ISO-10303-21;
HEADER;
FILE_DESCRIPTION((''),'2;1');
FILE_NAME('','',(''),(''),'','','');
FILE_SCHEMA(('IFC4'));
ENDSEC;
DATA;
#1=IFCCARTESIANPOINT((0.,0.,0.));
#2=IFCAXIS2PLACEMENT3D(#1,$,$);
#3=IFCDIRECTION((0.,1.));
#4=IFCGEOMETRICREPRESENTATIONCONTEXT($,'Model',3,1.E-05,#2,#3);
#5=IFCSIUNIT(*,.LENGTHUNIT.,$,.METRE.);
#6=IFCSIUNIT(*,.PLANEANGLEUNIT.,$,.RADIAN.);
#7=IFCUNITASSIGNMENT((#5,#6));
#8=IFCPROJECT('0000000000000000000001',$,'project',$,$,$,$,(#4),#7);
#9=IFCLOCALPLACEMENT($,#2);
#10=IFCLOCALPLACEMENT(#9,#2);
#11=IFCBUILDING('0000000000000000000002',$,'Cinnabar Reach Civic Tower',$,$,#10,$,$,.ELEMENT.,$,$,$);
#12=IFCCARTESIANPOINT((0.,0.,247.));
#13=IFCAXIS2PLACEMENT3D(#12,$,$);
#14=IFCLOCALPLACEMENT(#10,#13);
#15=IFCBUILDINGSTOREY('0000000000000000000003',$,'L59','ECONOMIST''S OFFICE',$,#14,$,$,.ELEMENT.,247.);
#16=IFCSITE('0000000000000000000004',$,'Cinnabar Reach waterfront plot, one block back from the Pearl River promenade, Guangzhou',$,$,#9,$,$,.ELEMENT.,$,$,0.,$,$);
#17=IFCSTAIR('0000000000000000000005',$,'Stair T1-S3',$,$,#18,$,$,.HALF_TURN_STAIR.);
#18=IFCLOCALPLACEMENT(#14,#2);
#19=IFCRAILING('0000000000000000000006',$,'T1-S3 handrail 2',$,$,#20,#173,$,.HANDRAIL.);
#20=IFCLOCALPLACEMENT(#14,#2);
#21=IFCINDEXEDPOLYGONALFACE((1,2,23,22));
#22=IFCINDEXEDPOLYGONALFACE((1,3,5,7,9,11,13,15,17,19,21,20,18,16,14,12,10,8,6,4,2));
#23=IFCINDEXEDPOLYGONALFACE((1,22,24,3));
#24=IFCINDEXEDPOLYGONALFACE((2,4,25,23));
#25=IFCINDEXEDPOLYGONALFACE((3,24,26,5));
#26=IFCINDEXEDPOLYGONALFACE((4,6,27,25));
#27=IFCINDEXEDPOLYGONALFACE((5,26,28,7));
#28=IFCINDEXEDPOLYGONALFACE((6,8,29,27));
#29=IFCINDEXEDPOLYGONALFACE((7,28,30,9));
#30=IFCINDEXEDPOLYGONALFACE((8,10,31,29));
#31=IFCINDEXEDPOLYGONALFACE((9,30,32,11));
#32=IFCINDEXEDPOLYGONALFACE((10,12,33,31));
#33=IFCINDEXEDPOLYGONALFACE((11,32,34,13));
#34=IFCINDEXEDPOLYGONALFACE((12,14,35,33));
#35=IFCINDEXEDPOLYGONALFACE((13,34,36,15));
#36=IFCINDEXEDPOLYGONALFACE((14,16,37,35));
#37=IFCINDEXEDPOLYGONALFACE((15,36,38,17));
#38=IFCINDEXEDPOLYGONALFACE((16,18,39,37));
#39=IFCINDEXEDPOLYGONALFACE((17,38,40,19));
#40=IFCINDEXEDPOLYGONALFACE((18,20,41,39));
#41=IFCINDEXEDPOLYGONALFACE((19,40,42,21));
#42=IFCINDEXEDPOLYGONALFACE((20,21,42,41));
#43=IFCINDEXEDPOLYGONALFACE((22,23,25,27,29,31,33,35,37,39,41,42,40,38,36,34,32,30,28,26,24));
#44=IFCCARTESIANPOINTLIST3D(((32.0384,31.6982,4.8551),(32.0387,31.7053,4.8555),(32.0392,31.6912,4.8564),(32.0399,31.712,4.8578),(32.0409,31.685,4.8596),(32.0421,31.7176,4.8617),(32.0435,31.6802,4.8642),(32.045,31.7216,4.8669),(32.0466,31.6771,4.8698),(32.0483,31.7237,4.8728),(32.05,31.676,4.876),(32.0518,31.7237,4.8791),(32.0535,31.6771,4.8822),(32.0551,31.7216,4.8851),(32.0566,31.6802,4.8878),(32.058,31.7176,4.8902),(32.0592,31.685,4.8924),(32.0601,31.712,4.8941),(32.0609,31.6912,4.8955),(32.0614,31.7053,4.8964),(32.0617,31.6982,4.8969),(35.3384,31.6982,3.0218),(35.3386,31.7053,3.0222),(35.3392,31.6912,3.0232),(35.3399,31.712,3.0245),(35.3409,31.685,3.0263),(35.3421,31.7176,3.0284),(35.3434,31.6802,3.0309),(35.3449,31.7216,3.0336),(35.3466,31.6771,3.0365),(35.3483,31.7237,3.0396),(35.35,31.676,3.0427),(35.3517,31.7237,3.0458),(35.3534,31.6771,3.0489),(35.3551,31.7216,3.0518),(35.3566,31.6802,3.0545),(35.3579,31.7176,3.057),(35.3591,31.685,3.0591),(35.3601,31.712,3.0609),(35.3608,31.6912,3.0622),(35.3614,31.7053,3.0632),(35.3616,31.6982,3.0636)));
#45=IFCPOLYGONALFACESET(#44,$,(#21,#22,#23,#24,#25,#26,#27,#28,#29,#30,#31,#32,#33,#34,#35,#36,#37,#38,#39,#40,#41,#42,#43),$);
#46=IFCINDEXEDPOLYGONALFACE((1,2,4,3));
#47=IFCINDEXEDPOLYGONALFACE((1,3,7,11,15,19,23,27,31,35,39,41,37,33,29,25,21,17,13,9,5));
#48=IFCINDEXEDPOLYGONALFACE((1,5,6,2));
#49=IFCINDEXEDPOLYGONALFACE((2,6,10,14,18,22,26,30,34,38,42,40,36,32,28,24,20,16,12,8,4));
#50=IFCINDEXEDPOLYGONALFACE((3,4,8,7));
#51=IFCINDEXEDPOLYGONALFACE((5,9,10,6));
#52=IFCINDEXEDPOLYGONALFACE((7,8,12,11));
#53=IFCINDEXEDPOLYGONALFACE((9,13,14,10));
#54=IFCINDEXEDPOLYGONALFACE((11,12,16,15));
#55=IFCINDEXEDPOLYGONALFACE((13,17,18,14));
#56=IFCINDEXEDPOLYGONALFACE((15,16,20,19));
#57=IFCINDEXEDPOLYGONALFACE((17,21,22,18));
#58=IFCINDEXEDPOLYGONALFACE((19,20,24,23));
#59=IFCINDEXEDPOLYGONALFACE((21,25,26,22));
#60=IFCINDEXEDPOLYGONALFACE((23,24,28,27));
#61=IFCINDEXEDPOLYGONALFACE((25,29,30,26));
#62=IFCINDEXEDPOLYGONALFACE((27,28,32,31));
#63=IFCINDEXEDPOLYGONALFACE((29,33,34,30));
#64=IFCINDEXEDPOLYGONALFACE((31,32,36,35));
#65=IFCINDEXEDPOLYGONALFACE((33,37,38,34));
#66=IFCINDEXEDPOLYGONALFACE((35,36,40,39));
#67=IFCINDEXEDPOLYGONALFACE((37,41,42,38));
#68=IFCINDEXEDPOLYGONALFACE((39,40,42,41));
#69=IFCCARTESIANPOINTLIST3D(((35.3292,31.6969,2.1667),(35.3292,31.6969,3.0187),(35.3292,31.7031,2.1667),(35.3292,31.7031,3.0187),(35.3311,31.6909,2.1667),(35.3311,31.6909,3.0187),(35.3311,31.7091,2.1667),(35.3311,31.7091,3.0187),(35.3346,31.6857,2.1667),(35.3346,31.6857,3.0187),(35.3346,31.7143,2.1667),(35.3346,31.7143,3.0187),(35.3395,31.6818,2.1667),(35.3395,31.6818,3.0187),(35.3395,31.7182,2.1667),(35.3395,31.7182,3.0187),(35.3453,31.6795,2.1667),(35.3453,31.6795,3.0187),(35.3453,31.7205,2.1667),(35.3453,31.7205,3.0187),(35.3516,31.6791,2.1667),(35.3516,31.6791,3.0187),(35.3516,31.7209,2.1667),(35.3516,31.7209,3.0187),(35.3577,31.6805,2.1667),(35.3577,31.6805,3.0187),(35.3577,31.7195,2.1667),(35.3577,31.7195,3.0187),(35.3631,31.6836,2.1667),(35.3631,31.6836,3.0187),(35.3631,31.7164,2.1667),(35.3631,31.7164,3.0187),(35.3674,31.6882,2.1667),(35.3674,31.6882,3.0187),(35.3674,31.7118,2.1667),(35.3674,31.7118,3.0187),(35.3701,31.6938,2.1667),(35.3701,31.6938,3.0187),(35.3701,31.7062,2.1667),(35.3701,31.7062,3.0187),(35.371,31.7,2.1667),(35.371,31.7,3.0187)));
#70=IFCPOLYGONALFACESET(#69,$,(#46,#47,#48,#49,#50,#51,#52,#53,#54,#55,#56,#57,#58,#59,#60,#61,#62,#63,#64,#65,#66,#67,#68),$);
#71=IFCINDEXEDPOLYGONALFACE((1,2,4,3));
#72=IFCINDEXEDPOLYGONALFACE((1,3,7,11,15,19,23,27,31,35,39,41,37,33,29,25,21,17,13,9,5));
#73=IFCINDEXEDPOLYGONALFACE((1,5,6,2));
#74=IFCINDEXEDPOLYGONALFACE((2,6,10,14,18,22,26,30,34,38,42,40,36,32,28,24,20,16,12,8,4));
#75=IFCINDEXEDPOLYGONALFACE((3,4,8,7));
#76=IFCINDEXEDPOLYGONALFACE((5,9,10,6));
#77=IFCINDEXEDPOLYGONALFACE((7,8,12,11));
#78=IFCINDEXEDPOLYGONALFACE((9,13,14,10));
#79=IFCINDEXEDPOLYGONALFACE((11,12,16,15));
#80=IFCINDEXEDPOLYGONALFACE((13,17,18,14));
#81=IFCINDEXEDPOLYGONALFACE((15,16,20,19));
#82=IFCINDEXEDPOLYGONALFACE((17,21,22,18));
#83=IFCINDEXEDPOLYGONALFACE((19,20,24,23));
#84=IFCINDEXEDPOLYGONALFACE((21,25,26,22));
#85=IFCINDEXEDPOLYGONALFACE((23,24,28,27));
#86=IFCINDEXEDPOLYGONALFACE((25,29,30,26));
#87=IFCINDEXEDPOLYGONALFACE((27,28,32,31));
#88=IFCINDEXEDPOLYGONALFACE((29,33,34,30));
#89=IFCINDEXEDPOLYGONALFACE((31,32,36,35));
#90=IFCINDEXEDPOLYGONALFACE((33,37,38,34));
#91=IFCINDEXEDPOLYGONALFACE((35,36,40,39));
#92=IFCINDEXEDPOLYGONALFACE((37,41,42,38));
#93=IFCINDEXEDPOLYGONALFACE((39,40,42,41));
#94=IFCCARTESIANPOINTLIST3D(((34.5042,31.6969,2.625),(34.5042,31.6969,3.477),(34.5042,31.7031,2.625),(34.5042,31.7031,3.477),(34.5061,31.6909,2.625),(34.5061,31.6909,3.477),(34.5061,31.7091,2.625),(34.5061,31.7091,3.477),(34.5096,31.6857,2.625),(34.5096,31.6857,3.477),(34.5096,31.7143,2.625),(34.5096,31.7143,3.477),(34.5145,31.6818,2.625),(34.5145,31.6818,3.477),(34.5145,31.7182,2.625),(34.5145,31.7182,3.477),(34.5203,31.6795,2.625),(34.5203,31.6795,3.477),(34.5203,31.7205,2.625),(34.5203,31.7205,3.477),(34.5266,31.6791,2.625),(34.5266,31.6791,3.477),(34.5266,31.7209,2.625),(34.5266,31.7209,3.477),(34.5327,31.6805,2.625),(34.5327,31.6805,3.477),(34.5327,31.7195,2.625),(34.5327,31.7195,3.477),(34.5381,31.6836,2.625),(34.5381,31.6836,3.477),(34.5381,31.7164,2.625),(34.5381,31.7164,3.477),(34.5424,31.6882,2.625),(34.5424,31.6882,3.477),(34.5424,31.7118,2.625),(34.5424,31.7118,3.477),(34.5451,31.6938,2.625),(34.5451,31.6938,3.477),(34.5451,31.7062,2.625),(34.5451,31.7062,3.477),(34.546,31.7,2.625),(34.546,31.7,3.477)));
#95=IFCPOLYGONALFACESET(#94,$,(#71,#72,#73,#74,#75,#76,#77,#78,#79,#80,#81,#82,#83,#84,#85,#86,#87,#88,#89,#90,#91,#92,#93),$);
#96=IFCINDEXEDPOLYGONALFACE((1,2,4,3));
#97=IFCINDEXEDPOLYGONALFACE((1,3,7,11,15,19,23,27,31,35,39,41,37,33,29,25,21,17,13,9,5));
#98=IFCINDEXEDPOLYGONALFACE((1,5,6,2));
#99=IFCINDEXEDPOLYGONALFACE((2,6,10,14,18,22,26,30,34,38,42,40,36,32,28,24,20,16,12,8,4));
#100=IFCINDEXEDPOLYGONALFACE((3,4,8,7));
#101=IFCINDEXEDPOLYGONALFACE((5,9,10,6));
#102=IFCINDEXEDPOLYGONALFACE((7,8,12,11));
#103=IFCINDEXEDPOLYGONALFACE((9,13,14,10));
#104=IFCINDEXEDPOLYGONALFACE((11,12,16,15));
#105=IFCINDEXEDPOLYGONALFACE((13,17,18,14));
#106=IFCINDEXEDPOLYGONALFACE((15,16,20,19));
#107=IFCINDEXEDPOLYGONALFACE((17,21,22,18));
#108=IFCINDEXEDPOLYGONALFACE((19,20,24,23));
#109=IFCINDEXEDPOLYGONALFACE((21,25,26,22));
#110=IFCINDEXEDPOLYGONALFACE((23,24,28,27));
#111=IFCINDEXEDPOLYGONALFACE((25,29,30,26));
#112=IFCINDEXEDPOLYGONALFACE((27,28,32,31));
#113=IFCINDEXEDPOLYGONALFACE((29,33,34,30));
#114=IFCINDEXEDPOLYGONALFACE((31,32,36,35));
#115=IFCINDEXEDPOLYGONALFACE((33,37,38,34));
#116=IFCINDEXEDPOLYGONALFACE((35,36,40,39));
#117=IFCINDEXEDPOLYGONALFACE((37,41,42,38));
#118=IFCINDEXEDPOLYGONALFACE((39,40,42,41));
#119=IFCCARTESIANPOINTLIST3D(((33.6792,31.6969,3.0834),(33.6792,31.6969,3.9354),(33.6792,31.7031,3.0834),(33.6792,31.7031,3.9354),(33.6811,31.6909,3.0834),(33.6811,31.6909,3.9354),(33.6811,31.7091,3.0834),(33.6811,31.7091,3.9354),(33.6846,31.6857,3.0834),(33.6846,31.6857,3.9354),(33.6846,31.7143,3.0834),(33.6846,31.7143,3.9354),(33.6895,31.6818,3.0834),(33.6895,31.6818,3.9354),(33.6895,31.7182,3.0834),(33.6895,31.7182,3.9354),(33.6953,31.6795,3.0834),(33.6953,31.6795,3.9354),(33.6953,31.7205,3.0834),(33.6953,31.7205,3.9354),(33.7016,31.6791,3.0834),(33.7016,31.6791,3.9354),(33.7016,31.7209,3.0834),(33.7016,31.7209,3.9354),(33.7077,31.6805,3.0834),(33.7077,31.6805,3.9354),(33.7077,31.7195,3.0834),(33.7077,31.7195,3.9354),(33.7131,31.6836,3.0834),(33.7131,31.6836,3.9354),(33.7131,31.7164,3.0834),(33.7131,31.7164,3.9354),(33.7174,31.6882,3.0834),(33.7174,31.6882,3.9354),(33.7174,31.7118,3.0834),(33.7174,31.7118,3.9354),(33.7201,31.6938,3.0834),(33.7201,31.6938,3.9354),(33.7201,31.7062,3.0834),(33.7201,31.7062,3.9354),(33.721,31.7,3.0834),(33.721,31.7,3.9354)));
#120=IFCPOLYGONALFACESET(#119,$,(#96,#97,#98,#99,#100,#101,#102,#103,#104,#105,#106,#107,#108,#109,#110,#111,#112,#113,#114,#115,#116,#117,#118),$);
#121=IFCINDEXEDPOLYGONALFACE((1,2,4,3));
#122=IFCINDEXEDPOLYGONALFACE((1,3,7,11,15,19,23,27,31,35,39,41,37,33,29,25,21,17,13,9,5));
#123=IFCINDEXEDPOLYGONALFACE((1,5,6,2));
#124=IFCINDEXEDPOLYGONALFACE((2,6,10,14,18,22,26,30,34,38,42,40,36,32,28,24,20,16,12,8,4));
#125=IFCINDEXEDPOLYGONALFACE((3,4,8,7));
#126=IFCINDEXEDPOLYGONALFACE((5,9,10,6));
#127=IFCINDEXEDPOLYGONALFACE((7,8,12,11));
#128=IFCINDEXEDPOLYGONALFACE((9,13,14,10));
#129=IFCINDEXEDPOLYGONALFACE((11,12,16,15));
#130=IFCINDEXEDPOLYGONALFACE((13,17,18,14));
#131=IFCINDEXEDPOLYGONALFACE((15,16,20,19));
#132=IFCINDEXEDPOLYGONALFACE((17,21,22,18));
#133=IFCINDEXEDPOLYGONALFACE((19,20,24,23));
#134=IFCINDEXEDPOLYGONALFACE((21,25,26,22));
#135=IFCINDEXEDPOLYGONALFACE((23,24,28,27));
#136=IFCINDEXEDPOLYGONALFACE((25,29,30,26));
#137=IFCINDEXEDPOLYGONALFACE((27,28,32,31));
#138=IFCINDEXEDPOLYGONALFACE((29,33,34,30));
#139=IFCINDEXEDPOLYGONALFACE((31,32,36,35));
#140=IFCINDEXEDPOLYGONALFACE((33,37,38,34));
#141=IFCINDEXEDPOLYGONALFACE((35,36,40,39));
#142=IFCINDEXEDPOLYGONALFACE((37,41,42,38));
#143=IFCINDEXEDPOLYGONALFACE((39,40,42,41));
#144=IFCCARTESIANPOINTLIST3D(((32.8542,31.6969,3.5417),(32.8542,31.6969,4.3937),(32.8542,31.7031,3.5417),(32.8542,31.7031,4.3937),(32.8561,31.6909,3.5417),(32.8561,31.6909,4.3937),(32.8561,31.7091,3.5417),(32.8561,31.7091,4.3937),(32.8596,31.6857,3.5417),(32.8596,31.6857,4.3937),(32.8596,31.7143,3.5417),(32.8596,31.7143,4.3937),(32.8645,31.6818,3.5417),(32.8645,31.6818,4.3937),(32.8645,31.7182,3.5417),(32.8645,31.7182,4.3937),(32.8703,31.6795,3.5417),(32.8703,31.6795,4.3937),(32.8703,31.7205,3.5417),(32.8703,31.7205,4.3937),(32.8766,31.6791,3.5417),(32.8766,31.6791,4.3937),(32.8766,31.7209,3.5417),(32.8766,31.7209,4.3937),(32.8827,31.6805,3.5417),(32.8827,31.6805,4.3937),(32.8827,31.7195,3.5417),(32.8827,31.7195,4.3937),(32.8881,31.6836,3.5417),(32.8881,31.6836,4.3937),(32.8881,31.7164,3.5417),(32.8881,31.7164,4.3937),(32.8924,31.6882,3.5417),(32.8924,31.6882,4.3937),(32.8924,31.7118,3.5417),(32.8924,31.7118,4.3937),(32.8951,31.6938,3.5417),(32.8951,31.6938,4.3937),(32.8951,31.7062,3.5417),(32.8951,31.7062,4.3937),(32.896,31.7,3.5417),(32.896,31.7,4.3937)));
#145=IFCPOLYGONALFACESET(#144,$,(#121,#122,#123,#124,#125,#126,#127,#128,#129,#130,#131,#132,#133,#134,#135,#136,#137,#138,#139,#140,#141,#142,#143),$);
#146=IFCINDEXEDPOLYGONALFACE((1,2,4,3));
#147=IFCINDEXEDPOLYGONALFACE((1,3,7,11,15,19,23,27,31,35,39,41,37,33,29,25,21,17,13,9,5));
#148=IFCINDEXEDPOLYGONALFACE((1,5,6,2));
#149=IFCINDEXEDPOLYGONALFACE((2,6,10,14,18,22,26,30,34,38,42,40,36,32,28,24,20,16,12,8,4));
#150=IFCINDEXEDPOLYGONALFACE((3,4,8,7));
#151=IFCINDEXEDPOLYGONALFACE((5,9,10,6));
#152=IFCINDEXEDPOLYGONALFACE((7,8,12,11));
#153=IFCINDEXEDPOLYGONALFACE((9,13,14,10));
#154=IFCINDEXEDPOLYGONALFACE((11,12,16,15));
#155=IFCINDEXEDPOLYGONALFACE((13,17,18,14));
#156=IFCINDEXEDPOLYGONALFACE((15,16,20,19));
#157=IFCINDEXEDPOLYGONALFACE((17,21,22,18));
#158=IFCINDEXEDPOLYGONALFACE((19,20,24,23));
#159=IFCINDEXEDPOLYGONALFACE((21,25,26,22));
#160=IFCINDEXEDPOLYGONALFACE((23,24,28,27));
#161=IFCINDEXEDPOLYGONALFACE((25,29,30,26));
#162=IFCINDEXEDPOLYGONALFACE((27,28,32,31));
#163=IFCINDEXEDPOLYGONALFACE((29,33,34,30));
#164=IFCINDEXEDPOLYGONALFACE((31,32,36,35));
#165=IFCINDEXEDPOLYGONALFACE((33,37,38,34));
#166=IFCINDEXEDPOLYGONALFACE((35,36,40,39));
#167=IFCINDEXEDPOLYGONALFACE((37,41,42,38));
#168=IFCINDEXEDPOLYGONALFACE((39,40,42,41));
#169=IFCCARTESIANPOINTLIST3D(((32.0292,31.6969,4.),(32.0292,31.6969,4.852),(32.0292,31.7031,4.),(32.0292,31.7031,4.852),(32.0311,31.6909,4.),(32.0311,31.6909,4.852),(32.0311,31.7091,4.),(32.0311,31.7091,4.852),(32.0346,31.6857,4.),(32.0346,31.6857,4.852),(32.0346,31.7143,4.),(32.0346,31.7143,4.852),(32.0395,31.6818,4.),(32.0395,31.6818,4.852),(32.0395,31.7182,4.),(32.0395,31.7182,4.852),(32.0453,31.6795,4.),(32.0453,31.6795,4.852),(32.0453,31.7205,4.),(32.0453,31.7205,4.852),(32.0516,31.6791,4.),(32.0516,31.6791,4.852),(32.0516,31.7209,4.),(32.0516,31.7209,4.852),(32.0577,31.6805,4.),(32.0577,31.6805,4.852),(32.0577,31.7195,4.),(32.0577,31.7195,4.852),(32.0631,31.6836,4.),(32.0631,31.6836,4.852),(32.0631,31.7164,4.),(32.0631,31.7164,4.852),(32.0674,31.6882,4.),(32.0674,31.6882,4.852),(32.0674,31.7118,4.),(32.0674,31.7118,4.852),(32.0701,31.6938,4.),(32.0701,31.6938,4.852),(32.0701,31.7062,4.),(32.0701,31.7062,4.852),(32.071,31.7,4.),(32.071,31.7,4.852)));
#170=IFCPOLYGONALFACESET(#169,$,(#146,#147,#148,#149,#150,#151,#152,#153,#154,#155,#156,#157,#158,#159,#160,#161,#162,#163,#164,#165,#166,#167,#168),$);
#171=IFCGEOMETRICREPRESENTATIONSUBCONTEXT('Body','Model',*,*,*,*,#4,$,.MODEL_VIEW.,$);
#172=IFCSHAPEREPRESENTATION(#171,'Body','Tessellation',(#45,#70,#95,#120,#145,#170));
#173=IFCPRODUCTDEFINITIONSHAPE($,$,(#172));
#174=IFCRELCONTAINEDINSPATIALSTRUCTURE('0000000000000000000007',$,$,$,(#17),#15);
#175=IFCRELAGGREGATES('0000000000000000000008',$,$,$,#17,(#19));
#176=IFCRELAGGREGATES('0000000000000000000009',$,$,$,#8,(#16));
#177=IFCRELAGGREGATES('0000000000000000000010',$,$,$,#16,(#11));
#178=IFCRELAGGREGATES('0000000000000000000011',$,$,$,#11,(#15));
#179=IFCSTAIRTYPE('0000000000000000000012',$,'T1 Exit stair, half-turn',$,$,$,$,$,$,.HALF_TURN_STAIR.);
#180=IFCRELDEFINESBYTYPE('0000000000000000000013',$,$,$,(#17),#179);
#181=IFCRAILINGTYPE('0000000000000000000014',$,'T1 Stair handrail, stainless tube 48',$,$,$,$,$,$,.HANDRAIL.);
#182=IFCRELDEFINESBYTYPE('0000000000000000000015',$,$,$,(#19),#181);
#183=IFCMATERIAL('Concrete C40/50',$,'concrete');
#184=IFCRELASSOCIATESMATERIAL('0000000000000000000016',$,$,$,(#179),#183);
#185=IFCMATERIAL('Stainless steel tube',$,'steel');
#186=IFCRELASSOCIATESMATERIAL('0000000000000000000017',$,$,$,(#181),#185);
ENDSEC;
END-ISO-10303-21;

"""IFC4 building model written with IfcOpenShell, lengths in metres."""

from ifc_helpers import new_model, si_unit, direction, frame, origin, origin_2d, place, context, subcontext, project, spatial, circle, extrude, material, type_object, element, aggregate, save


model = new_model("IFC4")

# Units and contexts
model_context = context("Model", 3, precision=1e-05, world=origin(), true_north=direction((0.0, 1.0)))
body_context = subcontext(model_context, "Body", "Model", "MODEL_VIEW")
ifc_project = project(units=[si_unit("LENGTHUNIT", "METRE"), si_unit("PLANEANGLEUNIT", "RADIAN")], contexts=[model_context])

# Site, building, storey
site_placement = place(None, origin())
site = spatial("IfcSite", under=ifc_project, at=site_placement, Name="Cinnabar Reach waterfront plot, one block back from the Pearl River promenade, Guangzhou", CompositionType="ELEMENT", RefElevation=0.0)
building_placement = place(site_placement, origin())
building = spatial("IfcBuilding", under=site, at=building_placement, Name="Cinnabar Reach Civic Tower", CompositionType="ELEMENT")
storey_placement = place(building_placement, frame((0.0, 0.0, 247.0)))
storey = spatial("IfcBuildingStorey", under=building, at=storey_placement, Name="L59", Description="ECONOMIST'S OFFICE", CompositionType="ELEMENT", Elevation=247.0)

# Stair, railing
ifc_material_1 = material(Name="Concrete C40/50", Category="concrete")
stair_type = type_object("IfcStairType", Name="T1 Exit stair, half-turn", PredefinedType="HALF_TURN_STAIR", material=ifc_material_1)
stair_placement = place(storey_placement, origin())
stair = element("IfcStair", 1, at=stair_placement, inside=storey, type_object=stair_type, Name="Stair T1-S3", PredefinedType="HALF_TURN_STAIR")
ifc_material_2 = material(Name="Stainless steel tube", Category="steel")
railing_type = type_object("IfcRailingType", Name="T1 Stair handrail, stainless tube 48", PredefinedType="HANDRAIL", material=ifc_material_2)
railing_1_placement = place(storey_placement, frame((35.35, 31.7, 2.1667)))
railing_1 = element("IfcRailing", 2, at=railing_1_placement, type_object=railing_type, Name="T1-S3 handrail 2", PredefinedType="HANDRAIL", context=body_context, shape_type="SweptSolid", body=[
    extrude(circle(Radius=0.024, at=origin_2d()), frame((0.0, 0.0, 0.876), z_axis=(-0.874161, 0.0, 0.485636), x_axis=(0.0, -1.0, 0.0)), (0.0, 0.0, 1.0), 3.775),
    extrude(circle(Radius=0.021, at=origin_2d()), origin(), (0.0, 0.0, 1.0), 0.852),
    extrude(circle(Radius=0.021, at=origin_2d()), frame((-0.825, 0.0, 0.4583)), (0.0, 0.0, 1.0), 0.852),
    extrude(circle(Radius=0.021, at=origin_2d()), frame((-1.65, 0.0, 0.9167)), (0.0, 0.0, 1.0), 0.852),
    extrude(circle(Radius=0.021, at=origin_2d()), frame((-2.475, 0.0, 1.375)), (0.0, 0.0, 1.0), 0.852),
    extrude(circle(Radius=0.021, at=origin_2d()), frame((-3.3, 0.0, 1.8333)), (0.0, 0.0, 1.0), 0.852),
])
aggregate(stair, [railing_1])

save(model, "model.ifc")
